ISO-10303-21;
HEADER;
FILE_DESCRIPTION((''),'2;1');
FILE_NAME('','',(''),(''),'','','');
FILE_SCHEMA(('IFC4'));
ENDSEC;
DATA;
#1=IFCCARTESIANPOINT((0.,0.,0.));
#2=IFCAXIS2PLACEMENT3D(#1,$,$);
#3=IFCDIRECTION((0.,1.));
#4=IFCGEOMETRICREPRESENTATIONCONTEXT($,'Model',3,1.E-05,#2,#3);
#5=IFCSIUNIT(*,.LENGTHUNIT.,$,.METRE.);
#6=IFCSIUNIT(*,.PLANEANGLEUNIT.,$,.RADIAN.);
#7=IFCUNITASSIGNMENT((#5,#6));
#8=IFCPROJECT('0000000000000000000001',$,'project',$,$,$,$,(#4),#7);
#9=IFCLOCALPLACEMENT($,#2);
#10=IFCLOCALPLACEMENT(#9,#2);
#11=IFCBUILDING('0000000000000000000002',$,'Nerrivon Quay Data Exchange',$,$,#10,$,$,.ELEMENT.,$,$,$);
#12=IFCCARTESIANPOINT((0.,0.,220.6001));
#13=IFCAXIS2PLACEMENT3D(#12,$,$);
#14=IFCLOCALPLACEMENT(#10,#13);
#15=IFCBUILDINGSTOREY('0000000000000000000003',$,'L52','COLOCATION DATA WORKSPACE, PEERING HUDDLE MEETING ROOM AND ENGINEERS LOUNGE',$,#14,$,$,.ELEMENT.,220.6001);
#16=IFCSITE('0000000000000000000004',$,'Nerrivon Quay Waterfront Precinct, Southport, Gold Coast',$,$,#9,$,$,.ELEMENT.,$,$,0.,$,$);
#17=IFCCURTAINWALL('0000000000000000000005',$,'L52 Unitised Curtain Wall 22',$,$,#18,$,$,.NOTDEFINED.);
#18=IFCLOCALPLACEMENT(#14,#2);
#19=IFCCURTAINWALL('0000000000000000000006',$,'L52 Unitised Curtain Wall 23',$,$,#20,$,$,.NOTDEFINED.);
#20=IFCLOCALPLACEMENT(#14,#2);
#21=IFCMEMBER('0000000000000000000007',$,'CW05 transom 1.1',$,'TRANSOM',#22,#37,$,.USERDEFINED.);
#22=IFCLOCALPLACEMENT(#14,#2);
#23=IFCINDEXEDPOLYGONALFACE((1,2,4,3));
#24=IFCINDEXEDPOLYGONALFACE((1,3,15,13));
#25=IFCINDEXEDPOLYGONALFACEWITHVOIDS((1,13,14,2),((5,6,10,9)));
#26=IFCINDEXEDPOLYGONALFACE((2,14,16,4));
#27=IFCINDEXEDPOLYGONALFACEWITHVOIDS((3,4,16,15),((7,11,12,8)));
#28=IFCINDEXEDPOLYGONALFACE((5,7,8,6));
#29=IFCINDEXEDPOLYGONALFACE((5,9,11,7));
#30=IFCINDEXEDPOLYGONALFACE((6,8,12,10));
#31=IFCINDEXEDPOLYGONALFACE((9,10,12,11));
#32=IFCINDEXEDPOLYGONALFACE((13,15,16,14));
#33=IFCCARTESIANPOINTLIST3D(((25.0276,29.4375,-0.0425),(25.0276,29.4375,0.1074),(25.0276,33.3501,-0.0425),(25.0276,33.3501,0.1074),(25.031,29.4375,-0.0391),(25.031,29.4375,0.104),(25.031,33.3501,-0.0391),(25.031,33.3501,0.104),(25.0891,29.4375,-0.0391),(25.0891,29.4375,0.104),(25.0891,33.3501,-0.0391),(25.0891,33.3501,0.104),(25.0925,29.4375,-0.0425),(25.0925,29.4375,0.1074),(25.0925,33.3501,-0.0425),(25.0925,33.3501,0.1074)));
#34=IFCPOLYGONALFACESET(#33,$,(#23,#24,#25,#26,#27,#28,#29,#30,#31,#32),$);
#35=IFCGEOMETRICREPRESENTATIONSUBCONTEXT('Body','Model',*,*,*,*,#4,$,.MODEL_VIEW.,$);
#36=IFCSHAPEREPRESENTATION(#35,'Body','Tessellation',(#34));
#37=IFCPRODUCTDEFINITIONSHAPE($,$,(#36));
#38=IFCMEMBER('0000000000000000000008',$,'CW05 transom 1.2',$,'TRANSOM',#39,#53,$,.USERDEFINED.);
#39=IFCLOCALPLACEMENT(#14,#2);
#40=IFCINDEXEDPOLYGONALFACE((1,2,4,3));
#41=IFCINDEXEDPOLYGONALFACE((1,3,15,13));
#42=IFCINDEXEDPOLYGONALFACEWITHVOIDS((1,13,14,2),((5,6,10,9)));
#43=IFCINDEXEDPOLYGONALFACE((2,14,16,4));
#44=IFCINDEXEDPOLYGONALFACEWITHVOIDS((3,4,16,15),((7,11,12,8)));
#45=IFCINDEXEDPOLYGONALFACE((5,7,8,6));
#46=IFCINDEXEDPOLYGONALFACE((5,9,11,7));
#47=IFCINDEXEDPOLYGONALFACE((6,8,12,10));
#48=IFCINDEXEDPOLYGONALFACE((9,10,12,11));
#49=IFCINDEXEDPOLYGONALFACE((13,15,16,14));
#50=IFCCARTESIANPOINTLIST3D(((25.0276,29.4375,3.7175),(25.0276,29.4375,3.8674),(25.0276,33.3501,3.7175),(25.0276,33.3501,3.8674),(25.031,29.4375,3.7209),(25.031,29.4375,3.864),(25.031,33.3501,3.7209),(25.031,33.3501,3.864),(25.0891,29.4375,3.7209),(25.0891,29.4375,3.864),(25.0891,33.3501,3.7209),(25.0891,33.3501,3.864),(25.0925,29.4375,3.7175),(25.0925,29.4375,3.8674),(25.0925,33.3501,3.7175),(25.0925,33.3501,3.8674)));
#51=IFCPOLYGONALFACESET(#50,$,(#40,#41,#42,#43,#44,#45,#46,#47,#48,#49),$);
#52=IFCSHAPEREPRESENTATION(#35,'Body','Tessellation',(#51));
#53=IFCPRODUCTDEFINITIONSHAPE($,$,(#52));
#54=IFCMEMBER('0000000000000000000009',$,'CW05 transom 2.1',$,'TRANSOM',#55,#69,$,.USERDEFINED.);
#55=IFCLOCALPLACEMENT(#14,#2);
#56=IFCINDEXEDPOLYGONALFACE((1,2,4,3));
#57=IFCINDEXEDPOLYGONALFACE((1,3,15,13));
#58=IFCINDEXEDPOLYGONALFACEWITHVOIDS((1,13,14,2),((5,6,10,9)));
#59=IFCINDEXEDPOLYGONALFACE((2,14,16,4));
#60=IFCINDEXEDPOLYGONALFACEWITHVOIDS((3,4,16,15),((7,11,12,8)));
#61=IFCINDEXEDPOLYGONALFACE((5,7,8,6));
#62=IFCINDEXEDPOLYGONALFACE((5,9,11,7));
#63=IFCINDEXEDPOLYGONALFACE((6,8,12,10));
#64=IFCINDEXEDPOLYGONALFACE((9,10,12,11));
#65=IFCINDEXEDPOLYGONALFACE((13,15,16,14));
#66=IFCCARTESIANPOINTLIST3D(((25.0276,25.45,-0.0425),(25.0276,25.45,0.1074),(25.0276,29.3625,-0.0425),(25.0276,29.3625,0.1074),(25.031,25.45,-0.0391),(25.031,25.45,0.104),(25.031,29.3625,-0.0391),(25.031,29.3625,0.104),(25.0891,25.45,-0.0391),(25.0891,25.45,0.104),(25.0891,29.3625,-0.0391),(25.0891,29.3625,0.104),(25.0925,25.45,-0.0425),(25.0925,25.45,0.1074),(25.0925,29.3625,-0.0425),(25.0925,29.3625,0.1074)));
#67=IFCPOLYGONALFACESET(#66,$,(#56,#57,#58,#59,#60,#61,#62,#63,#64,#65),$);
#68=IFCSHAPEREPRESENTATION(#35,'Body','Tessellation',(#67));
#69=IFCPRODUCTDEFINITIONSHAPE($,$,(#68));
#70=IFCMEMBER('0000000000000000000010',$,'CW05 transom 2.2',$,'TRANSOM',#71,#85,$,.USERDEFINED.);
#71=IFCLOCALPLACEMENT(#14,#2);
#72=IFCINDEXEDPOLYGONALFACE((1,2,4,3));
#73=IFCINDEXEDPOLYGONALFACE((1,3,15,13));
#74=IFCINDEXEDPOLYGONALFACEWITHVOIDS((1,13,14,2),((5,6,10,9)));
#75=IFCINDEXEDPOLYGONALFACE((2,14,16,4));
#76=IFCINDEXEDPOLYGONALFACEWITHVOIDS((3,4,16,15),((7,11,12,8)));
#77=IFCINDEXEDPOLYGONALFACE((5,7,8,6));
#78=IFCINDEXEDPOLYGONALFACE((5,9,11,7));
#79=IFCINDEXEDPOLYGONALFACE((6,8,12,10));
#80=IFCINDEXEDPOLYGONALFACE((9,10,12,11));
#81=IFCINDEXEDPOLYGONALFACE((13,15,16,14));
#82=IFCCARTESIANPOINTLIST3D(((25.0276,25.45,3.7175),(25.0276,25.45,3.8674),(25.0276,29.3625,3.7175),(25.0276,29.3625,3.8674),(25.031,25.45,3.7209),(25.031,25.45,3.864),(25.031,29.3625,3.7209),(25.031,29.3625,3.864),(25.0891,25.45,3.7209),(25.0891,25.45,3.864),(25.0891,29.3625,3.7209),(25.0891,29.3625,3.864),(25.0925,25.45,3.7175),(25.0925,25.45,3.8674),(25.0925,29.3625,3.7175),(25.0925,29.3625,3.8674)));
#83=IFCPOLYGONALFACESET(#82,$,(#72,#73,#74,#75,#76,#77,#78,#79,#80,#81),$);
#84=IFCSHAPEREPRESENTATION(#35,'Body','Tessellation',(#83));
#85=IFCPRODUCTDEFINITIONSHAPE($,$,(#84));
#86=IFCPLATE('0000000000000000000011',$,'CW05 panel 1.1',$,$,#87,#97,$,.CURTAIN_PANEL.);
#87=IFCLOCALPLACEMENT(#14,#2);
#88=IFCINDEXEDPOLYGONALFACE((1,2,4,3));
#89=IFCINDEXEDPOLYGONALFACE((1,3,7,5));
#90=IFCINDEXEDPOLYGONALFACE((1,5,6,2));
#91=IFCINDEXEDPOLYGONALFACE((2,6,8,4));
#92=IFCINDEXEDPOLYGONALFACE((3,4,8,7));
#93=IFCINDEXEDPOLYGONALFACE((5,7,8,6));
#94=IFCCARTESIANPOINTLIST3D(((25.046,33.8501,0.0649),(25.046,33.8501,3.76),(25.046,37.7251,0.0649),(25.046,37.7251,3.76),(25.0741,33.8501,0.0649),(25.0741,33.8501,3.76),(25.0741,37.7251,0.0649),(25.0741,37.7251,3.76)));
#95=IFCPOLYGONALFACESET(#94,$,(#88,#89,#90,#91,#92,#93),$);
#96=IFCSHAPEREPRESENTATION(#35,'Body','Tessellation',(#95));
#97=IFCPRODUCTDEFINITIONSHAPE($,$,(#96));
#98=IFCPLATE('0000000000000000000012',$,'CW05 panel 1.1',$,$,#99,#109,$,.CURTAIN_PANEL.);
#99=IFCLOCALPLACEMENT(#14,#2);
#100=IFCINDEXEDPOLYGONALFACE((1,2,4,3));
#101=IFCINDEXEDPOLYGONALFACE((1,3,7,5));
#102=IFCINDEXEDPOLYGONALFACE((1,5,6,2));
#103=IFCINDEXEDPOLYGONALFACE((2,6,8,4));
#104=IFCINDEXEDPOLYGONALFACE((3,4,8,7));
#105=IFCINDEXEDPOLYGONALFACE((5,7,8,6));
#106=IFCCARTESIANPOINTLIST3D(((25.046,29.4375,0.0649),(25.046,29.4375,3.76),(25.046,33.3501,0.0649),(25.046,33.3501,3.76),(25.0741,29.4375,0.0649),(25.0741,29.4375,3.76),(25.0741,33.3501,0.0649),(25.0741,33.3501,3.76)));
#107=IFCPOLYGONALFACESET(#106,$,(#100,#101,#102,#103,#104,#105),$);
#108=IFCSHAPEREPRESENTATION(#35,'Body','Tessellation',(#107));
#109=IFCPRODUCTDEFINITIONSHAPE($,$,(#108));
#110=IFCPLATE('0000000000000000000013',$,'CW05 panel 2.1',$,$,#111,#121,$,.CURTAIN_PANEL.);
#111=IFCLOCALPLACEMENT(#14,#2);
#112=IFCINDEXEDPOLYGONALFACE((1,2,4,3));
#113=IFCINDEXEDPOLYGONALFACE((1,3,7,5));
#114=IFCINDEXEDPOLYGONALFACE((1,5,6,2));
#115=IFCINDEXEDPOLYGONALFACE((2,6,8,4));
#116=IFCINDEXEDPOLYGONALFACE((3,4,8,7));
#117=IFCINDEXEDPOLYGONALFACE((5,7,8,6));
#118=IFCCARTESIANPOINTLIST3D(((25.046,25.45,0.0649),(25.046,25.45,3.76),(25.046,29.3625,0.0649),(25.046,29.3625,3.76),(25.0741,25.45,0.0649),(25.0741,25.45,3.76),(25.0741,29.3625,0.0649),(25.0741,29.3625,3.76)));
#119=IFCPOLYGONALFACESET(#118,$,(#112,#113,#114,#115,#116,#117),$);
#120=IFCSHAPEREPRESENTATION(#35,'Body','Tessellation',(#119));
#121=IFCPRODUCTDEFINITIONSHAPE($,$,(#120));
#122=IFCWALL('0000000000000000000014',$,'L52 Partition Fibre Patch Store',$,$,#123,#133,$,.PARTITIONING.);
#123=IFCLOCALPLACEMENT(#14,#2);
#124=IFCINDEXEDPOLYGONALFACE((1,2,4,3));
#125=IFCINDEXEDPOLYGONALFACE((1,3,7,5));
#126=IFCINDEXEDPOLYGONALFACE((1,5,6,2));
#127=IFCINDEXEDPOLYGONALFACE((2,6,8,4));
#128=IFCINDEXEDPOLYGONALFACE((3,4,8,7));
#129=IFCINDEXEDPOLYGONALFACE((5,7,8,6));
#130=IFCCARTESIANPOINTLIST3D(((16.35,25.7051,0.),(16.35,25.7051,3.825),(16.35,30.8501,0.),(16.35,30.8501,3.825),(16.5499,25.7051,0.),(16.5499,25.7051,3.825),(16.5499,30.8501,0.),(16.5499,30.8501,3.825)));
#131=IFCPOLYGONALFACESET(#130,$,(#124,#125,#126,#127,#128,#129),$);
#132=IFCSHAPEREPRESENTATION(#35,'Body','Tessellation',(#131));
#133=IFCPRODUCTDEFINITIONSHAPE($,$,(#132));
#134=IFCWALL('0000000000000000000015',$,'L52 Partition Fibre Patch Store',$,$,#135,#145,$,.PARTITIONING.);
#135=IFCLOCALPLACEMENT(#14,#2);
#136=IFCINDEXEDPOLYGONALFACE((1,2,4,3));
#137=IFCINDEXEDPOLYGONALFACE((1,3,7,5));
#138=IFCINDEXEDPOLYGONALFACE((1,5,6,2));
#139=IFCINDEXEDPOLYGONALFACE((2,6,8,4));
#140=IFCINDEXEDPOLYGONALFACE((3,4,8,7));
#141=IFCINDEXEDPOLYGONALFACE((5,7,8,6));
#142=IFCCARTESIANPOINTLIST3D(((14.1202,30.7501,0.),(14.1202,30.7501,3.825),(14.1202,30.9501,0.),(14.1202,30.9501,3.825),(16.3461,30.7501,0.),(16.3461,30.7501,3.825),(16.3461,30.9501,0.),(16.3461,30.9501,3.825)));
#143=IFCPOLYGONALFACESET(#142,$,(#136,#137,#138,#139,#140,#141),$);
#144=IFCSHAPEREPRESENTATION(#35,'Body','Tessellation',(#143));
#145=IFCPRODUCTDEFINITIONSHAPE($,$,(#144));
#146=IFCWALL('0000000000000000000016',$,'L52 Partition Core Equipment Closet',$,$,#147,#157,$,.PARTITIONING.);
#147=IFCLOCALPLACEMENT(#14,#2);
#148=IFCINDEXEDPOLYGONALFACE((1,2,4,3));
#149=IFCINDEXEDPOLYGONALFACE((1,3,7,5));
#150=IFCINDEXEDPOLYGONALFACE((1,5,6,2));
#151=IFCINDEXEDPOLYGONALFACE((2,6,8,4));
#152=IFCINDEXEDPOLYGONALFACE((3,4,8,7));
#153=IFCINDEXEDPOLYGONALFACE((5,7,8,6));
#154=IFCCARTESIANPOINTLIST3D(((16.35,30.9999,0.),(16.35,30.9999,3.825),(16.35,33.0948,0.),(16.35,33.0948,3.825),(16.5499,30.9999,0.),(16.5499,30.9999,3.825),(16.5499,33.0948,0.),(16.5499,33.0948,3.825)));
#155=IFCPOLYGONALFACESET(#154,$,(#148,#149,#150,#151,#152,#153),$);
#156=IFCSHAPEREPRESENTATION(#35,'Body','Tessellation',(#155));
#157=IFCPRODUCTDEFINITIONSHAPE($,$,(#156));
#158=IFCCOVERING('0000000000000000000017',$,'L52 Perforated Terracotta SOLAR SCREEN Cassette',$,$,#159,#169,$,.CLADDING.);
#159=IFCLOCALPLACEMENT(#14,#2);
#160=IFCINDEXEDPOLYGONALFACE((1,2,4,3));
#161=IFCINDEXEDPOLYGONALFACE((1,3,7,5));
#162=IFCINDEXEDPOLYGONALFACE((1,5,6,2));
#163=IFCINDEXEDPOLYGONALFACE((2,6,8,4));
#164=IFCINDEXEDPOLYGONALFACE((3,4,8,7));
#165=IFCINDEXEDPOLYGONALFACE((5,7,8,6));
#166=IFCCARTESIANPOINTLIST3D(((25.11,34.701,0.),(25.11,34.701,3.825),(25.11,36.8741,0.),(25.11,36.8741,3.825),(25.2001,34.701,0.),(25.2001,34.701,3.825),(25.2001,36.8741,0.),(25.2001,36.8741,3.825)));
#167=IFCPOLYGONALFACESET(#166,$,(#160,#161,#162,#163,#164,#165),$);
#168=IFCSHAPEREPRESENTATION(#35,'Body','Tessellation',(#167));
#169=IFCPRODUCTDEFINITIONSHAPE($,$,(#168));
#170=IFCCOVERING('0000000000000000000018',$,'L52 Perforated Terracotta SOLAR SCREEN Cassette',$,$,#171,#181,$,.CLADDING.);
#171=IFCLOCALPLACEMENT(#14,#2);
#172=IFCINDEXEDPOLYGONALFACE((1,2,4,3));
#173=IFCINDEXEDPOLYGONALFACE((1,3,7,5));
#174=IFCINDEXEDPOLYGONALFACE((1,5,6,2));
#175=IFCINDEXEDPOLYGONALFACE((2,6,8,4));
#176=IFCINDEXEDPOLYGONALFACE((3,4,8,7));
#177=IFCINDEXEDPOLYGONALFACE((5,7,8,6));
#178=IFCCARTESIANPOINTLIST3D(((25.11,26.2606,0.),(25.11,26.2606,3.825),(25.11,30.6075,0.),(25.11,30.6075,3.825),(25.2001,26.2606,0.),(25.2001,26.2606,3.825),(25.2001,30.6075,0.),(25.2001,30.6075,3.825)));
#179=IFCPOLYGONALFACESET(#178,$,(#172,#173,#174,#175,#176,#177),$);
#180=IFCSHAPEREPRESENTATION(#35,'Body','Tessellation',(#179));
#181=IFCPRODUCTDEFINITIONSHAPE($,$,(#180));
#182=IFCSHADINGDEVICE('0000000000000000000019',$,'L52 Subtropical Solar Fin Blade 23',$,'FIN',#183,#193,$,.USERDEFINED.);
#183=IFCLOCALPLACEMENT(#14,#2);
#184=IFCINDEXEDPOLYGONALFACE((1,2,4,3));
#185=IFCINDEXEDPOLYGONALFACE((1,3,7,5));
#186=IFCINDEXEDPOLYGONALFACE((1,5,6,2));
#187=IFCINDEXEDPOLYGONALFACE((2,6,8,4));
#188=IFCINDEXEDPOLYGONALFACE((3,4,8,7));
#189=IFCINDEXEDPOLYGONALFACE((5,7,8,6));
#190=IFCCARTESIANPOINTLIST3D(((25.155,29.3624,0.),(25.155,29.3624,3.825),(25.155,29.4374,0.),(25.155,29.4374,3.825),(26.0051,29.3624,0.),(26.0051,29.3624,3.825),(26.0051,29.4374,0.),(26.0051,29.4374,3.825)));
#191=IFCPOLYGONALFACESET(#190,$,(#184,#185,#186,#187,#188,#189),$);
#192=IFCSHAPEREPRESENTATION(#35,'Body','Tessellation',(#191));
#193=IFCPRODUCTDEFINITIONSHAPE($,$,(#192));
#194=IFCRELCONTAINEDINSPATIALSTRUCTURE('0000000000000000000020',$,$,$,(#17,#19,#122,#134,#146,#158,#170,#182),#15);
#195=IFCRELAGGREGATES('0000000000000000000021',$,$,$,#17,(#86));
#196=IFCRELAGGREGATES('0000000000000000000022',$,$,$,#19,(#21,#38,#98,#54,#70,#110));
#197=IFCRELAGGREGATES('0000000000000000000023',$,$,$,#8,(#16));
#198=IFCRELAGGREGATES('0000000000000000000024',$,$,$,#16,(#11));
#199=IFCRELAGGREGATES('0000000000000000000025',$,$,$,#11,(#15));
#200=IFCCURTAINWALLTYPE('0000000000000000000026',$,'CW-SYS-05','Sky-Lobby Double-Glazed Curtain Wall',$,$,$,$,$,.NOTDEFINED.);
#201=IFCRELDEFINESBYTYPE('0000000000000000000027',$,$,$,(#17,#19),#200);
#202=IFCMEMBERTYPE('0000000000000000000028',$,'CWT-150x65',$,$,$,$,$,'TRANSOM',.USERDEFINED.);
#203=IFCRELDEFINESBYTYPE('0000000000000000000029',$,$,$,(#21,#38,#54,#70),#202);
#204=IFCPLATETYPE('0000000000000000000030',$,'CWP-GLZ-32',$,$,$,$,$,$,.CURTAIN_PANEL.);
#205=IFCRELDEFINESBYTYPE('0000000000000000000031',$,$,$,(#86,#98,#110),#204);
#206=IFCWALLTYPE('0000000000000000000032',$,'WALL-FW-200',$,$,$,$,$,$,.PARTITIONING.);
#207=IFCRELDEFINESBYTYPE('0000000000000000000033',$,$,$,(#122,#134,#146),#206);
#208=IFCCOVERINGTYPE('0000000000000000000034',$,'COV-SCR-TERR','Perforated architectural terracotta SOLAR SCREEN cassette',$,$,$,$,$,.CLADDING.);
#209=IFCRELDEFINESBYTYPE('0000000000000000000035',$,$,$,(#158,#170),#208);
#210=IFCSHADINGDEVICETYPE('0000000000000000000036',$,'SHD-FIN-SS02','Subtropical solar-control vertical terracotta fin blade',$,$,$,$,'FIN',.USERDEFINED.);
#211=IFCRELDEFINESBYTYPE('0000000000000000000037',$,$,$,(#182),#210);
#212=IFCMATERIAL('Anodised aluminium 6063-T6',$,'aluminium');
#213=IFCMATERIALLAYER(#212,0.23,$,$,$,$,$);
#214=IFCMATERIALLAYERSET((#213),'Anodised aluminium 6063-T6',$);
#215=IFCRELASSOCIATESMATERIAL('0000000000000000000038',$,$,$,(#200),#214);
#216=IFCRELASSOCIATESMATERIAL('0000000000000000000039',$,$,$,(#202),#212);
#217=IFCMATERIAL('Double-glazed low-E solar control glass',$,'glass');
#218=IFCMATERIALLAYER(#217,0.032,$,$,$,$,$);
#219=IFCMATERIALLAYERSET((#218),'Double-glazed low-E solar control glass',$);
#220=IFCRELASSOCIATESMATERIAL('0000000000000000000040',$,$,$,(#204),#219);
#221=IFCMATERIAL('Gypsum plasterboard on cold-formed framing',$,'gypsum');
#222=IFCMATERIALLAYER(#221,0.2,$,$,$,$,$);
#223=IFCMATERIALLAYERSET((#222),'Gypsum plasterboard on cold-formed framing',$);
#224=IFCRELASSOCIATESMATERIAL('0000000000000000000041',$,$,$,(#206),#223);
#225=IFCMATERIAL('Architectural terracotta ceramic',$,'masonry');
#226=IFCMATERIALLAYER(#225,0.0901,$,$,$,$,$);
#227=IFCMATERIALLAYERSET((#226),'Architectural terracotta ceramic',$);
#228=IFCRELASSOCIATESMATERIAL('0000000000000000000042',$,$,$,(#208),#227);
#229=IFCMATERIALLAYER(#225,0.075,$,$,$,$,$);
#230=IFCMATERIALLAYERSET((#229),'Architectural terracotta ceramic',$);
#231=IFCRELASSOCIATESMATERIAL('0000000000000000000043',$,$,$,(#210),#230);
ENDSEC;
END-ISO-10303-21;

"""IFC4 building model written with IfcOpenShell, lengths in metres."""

from ifc_helpers import new_model, si_unit, direction, frame, frame_2d, origin, origin_2d, place, context, subcontext, project, spatial, rectangle, hollow_rectangle, extrude, material, layer, layer_set, material_profile, profile_set, type_object, element, aggregate, save


model = new_model("IFC4")

# Units and contexts
model_context = context("Model", 3, precision=1e-05, world=origin(), true_north=direction((0.0, 1.0)))
body_context = subcontext(model_context, "Body", "Model", "MODEL_VIEW")
ifc_project = project(units=[si_unit("LENGTHUNIT", "METRE"), si_unit("PLANEANGLEUNIT", "RADIAN")], contexts=[model_context])

# Site, building, storey
site_placement = place(None, origin())
site = spatial("IfcSite", under=ifc_project, at=site_placement, Name="Nerrivon Quay Waterfront Precinct, Southport, Gold Coast", CompositionType="ELEMENT", RefElevation=0.0)
building_placement = place(site_placement, origin())
building = spatial("IfcBuilding", under=site, at=building_placement, Name="Nerrivon Quay Data Exchange", CompositionType="ELEMENT")
storey_placement = place(building_placement, frame((0.0, 0.0, 220.6001)))
storey = spatial("IfcBuildingStorey", under=building, at=storey_placement, Name="L52", Description="COLOCATION DATA WORKSPACE, PEERING HUDDLE MEETING ROOM AND ENGINEERS LOUNGE", CompositionType="ELEMENT", Elevation=220.6001)

# Curtain wall
ifc_material_1 = material(Name="Anodised aluminium 6063-T6", Category="aluminium")
ifc_layer_1 = layer(ifc_material_1, 0.23)
ifc_layer_set_1 = layer_set([ifc_layer_1], Name="Anodised aluminium 6063-T6")
curtain_wall_type = type_object("IfcCurtainWallType", Name="CW-SYS-05", Description="Sky-Lobby Double-Glazed Curtain Wall", PredefinedType="NOTDEFINED", material=ifc_layer_set_1)
curtain_wall_1_placement = place(storey_placement, origin())
curtain_wall_1 = element("IfcCurtainWall", 1, at=curtain_wall_1_placement, inside=storey, type_object=curtain_wall_type, Name="L52 Unitised Curtain Wall 22", PredefinedType="NOTDEFINED")

# Curtain wall, members
curtain_wall_2_placement = place(storey_placement, origin())
curtain_wall_2 = element("IfcCurtainWall", 2, at=curtain_wall_2_placement, inside=storey, type_object=curtain_wall_type, Name="L52 Unitised Curtain Wall 23", PredefinedType="NOTDEFINED")
ifc_material_profile_1 = material_profile(ifc_material_1, hollow_rectangle(XDim=0.0649, YDim=0.1499, WallThickness=0.0034, at=origin_2d()), Name="ALU-TRAN-150x65")
ifc_profile_set_1 = profile_set([ifc_material_profile_1], Name="Anodised aluminium 6063-T6")
member_type_1 = type_object("IfcMemberType", Name="CWT-150x65", ElementType="TRANSOM", PredefinedType="USERDEFINED", material=ifc_profile_set_1)
member_1_placement = place(storey_placement, frame((25.0601, 33.3501, 0.0325), z_axis=(0.0, -1.0, 0.0), x_axis=(1.0, 0.0, 0.0)))
member_1 = element("IfcMember", 3, at=member_1_placement, type_object=member_type_1, Name="CW05 transom 1.1", ObjectType="TRANSOM", PredefinedType="USERDEFINED", context=body_context, shape_type="SweptSolid", body=[
    extrude(hollow_rectangle(XDim=0.0649, YDim=0.1499, WallThickness=0.0034, at=origin_2d()), origin(), (0.0, 0.0, 1.0), 3.9126),
])
member_2_placement = place(storey_placement, frame((25.0601, 33.3501, 3.7925), z_axis=(0.0, -1.0, 0.0), x_axis=(1.0, 0.0, 0.0)))
member_2 = element("IfcMember", 4, at=member_2_placement, type_object=member_type_1, Name="CW05 transom 1.2", ObjectType="TRANSOM", PredefinedType="USERDEFINED", context=body_context, shape_type="SweptSolid", body=[
    extrude(hollow_rectangle(XDim=0.0649, YDim=0.1499, WallThickness=0.0034, at=origin_2d()), origin(), (0.0, 0.0, 1.0), 3.9126),
])
member_3_placement = place(storey_placement, frame((25.0601, 29.3625, 0.0325), z_axis=(0.0, -1.0, 0.0), x_axis=(1.0, 0.0, 0.0)))
member_3 = element("IfcMember", 5, at=member_3_placement, type_object=member_type_1, Name="CW05 transom 2.1", ObjectType="TRANSOM", PredefinedType="USERDEFINED", context=body_context, shape_type="SweptSolid", body=[
    extrude(hollow_rectangle(XDim=0.0649, YDim=0.1499, WallThickness=0.0034, at=origin_2d()), origin(), (0.0, 0.0, 1.0), 3.9126),
])
member_4_placement = place(storey_placement, frame((25.0601, 29.3625, 3.7925), z_axis=(0.0, -1.0, 0.0), x_axis=(1.0, 0.0, 0.0)))
member_4 = element("IfcMember", 6, at=member_4_placement, type_object=member_type_1, Name="CW05 transom 2.2", ObjectType="TRANSOM", PredefinedType="USERDEFINED", context=body_context, shape_type="SweptSolid", body=[
    extrude(hollow_rectangle(XDim=0.0649, YDim=0.1499, WallThickness=0.0034, at=origin_2d()), origin(), (0.0, 0.0, 1.0), 3.9126),
])

# Plates
ifc_material_2 = material(Name="Double-glazed low-E solar control glass", Category="glass")
ifc_layer_2 = layer(ifc_material_2, 0.032)
ifc_layer_set_2 = layer_set([ifc_layer_2], Name="Double-glazed low-E solar control glass")
plate_type = type_object("IfcPlateType", Name="CWP-GLZ-32", PredefinedType="CURTAIN_PANEL", material=ifc_layer_set_2)
plate_1_placement = place(storey_placement, frame((25.0601, 35.7876, 0.0649), z_axis=(0.0, 0.0, 1.0), x_axis=(0.0, -1.0, 0.0)))
plate_1 = element("IfcPlate", 7, at=plate_1_placement, type_object=plate_type, Name="CW05 panel 1.1", PredefinedType="CURTAIN_PANEL", context=body_context, shape_type="SweptSolid", body=[
    extrude(rectangle(XDim=3.875, YDim=0.0281, at=origin_2d()), origin(), (0.0, 0.0, 1.0), 3.6951),
])
aggregate(curtain_wall_1, [plate_1])
plate_2_placement = place(storey_placement, frame((25.0601, 31.3938, 0.0649), z_axis=(0.0, 0.0, 1.0), x_axis=(0.0, -1.0, 0.0)))
plate_2 = element("IfcPlate", 8, at=plate_2_placement, type_object=plate_type, Name="CW05 panel 1.1", PredefinedType="CURTAIN_PANEL", context=body_context, shape_type="SweptSolid", body=[
    extrude(rectangle(XDim=3.9126, YDim=0.0281, at=origin_2d()), origin(), (0.0, 0.0, 1.0), 3.6951),
])
plate_3_placement = place(storey_placement, frame((25.0601, 27.4062, 0.0649), z_axis=(0.0, 0.0, 1.0), x_axis=(0.0, -1.0, 0.0)))
plate_3 = element("IfcPlate", 9, at=plate_3_placement, type_object=plate_type, Name="CW05 panel 2.1", PredefinedType="CURTAIN_PANEL", context=body_context, shape_type="SweptSolid", body=[
    extrude(rectangle(XDim=3.9126, YDim=0.0281, at=origin_2d()), origin(), (0.0, 0.0, 1.0), 3.6951),
])
aggregate(curtain_wall_2, [member_1, member_2, plate_2, member_3, member_4, plate_3])

# Walls
ifc_material_3 = material(Name="Gypsum plasterboard on cold-formed framing", Category="gypsum")
ifc_layer_3 = layer(ifc_material_3, 0.2)
ifc_layer_set_3 = layer_set([ifc_layer_3], Name="Gypsum plasterboard on cold-formed framing")
wall_type_1 = type_object("IfcWallType", Name="WALL-FW-200", PredefinedType="PARTITIONING", material=ifc_layer_set_3)
wall_1_placement = place(storey_placement, frame((16.45, 25.7051, 0.0), z_axis=(0.0, 0.0, 1.0), x_axis=(0.0, 1.0, 0.0)))
element("IfcWall", 10, at=wall_1_placement, inside=storey, type_object=wall_type_1, Name="L52 Partition Fibre Patch Store", PredefinedType="PARTITIONING", context=body_context, shape_type="SweptSolid", body=[
    extrude(rectangle(XDim=5.145, YDim=0.2, at=frame_2d((2.5725, 0.0))), origin(), (0.0, 0.0, 1.0), 3.825),
])
wall_2_placement = place(storey_placement, frame((16.3459, 30.8501, 0.0), z_axis=(0.0, 0.0, 1.0), x_axis=(-1.0, 0.0, 0.0)))
element("IfcWall", 11, at=wall_2_placement, inside=storey, type_object=wall_type_1, Name="L52 Partition Fibre Patch Store", PredefinedType="PARTITIONING", context=body_context, shape_type="SweptSolid", body=[
    extrude(rectangle(XDim=2.2258, YDim=0.2, at=frame_2d((1.1128, 0.0))), origin(), (0.0, 0.0, 1.0), 3.825),
])
wall_3_placement = place(storey_placement, frame((16.45, 31.0, 0.0), z_axis=(0.0, 0.0, 1.0), x_axis=(0.0, 1.0, 0.0)))
element("IfcWall", 12, at=wall_3_placement, inside=storey, type_object=wall_type_1, Name="L52 Partition Core Equipment Closet", PredefinedType="PARTITIONING", context=body_context, shape_type="SweptSolid", body=[
    extrude(rectangle(XDim=2.095, YDim=0.2, at=frame_2d((1.0474, 0.0))), origin(), (0.0, 0.0, 1.0), 3.825),
])

# Coverings
ifc_material_4 = material(Name="Architectural terracotta ceramic", Category="masonry")
ifc_layer_4 = layer(ifc_material_4, 0.0901)
ifc_layer_set_4 = layer_set([ifc_layer_4], Name="Architectural terracotta ceramic")
covering_type = type_object("IfcCoveringType", Name="COV-SCR-TERR", Description="Perforated architectural terracotta SOLAR SCREEN cassette", PredefinedType="CLADDING", material=ifc_layer_set_4)
covering_1_placement = place(storey_placement, frame((25.155, 35.7876, 0.0), z_axis=(0.0, 0.0, 1.0), x_axis=(0.0, -1.0, 0.0)))
element("IfcCovering", 13, at=covering_1_placement, inside=storey, type_object=covering_type, Name="L52 Perforated Terracotta SOLAR SCREEN Cassette", PredefinedType="CLADDING", context=body_context, shape_type="SweptSolid", body=[
    extrude(rectangle(XDim=2.1731, YDim=0.0901, at=origin_2d()), origin(), (0.0, 0.0, 1.0), 3.825),
])
covering_2_placement = place(storey_placement, frame((25.155, 28.4341, 0.0), z_axis=(0.0, 0.0, 1.0), x_axis=(0.0, -1.0, 0.0)))
element("IfcCovering", 14, at=covering_2_placement, inside=storey, type_object=covering_type, Name="L52 Perforated Terracotta SOLAR SCREEN Cassette", PredefinedType="CLADDING", context=body_context, shape_type="SweptSolid", body=[
    extrude(rectangle(XDim=4.3469, YDim=0.0901, at=origin_2d()), origin(), (0.0, 0.0, 1.0), 3.825),
])

# Shading device
ifc_layer_5 = layer(ifc_material_4, 0.075)
ifc_layer_set_5 = layer_set([ifc_layer_5], Name="Architectural terracotta ceramic")
shading_device_type_1 = type_object("IfcShadingDeviceType", Name="SHD-FIN-SS02", Description="Subtropical solar-control vertical terracotta fin blade", ElementType="FIN", PredefinedType="USERDEFINED", material=ifc_layer_set_5)
for number, where, z_axis, x_axis, name in (
    (15, (25.5801, 29.3999, 0.0), (0.0, 0.0, 1.0), (0.0, -1.0, 0.0), "L52 Subtropical Solar Fin Blade 23"),
):
    element("IfcShadingDevice", number, at=place(storey_placement, frame(where, z_axis=z_axis, x_axis=x_axis)), inside=storey, type_object=shading_device_type_1, Name=name, ObjectType="FIN", PredefinedType="USERDEFINED", context=body_context, shape_type="SweptSolid", body=[
        extrude(rectangle(XDim=0.075, YDim=0.8501, at=origin_2d()), origin(), (0.0, 0.0, 1.0), 3.825),
    ])

save(model, "model.ifc")
